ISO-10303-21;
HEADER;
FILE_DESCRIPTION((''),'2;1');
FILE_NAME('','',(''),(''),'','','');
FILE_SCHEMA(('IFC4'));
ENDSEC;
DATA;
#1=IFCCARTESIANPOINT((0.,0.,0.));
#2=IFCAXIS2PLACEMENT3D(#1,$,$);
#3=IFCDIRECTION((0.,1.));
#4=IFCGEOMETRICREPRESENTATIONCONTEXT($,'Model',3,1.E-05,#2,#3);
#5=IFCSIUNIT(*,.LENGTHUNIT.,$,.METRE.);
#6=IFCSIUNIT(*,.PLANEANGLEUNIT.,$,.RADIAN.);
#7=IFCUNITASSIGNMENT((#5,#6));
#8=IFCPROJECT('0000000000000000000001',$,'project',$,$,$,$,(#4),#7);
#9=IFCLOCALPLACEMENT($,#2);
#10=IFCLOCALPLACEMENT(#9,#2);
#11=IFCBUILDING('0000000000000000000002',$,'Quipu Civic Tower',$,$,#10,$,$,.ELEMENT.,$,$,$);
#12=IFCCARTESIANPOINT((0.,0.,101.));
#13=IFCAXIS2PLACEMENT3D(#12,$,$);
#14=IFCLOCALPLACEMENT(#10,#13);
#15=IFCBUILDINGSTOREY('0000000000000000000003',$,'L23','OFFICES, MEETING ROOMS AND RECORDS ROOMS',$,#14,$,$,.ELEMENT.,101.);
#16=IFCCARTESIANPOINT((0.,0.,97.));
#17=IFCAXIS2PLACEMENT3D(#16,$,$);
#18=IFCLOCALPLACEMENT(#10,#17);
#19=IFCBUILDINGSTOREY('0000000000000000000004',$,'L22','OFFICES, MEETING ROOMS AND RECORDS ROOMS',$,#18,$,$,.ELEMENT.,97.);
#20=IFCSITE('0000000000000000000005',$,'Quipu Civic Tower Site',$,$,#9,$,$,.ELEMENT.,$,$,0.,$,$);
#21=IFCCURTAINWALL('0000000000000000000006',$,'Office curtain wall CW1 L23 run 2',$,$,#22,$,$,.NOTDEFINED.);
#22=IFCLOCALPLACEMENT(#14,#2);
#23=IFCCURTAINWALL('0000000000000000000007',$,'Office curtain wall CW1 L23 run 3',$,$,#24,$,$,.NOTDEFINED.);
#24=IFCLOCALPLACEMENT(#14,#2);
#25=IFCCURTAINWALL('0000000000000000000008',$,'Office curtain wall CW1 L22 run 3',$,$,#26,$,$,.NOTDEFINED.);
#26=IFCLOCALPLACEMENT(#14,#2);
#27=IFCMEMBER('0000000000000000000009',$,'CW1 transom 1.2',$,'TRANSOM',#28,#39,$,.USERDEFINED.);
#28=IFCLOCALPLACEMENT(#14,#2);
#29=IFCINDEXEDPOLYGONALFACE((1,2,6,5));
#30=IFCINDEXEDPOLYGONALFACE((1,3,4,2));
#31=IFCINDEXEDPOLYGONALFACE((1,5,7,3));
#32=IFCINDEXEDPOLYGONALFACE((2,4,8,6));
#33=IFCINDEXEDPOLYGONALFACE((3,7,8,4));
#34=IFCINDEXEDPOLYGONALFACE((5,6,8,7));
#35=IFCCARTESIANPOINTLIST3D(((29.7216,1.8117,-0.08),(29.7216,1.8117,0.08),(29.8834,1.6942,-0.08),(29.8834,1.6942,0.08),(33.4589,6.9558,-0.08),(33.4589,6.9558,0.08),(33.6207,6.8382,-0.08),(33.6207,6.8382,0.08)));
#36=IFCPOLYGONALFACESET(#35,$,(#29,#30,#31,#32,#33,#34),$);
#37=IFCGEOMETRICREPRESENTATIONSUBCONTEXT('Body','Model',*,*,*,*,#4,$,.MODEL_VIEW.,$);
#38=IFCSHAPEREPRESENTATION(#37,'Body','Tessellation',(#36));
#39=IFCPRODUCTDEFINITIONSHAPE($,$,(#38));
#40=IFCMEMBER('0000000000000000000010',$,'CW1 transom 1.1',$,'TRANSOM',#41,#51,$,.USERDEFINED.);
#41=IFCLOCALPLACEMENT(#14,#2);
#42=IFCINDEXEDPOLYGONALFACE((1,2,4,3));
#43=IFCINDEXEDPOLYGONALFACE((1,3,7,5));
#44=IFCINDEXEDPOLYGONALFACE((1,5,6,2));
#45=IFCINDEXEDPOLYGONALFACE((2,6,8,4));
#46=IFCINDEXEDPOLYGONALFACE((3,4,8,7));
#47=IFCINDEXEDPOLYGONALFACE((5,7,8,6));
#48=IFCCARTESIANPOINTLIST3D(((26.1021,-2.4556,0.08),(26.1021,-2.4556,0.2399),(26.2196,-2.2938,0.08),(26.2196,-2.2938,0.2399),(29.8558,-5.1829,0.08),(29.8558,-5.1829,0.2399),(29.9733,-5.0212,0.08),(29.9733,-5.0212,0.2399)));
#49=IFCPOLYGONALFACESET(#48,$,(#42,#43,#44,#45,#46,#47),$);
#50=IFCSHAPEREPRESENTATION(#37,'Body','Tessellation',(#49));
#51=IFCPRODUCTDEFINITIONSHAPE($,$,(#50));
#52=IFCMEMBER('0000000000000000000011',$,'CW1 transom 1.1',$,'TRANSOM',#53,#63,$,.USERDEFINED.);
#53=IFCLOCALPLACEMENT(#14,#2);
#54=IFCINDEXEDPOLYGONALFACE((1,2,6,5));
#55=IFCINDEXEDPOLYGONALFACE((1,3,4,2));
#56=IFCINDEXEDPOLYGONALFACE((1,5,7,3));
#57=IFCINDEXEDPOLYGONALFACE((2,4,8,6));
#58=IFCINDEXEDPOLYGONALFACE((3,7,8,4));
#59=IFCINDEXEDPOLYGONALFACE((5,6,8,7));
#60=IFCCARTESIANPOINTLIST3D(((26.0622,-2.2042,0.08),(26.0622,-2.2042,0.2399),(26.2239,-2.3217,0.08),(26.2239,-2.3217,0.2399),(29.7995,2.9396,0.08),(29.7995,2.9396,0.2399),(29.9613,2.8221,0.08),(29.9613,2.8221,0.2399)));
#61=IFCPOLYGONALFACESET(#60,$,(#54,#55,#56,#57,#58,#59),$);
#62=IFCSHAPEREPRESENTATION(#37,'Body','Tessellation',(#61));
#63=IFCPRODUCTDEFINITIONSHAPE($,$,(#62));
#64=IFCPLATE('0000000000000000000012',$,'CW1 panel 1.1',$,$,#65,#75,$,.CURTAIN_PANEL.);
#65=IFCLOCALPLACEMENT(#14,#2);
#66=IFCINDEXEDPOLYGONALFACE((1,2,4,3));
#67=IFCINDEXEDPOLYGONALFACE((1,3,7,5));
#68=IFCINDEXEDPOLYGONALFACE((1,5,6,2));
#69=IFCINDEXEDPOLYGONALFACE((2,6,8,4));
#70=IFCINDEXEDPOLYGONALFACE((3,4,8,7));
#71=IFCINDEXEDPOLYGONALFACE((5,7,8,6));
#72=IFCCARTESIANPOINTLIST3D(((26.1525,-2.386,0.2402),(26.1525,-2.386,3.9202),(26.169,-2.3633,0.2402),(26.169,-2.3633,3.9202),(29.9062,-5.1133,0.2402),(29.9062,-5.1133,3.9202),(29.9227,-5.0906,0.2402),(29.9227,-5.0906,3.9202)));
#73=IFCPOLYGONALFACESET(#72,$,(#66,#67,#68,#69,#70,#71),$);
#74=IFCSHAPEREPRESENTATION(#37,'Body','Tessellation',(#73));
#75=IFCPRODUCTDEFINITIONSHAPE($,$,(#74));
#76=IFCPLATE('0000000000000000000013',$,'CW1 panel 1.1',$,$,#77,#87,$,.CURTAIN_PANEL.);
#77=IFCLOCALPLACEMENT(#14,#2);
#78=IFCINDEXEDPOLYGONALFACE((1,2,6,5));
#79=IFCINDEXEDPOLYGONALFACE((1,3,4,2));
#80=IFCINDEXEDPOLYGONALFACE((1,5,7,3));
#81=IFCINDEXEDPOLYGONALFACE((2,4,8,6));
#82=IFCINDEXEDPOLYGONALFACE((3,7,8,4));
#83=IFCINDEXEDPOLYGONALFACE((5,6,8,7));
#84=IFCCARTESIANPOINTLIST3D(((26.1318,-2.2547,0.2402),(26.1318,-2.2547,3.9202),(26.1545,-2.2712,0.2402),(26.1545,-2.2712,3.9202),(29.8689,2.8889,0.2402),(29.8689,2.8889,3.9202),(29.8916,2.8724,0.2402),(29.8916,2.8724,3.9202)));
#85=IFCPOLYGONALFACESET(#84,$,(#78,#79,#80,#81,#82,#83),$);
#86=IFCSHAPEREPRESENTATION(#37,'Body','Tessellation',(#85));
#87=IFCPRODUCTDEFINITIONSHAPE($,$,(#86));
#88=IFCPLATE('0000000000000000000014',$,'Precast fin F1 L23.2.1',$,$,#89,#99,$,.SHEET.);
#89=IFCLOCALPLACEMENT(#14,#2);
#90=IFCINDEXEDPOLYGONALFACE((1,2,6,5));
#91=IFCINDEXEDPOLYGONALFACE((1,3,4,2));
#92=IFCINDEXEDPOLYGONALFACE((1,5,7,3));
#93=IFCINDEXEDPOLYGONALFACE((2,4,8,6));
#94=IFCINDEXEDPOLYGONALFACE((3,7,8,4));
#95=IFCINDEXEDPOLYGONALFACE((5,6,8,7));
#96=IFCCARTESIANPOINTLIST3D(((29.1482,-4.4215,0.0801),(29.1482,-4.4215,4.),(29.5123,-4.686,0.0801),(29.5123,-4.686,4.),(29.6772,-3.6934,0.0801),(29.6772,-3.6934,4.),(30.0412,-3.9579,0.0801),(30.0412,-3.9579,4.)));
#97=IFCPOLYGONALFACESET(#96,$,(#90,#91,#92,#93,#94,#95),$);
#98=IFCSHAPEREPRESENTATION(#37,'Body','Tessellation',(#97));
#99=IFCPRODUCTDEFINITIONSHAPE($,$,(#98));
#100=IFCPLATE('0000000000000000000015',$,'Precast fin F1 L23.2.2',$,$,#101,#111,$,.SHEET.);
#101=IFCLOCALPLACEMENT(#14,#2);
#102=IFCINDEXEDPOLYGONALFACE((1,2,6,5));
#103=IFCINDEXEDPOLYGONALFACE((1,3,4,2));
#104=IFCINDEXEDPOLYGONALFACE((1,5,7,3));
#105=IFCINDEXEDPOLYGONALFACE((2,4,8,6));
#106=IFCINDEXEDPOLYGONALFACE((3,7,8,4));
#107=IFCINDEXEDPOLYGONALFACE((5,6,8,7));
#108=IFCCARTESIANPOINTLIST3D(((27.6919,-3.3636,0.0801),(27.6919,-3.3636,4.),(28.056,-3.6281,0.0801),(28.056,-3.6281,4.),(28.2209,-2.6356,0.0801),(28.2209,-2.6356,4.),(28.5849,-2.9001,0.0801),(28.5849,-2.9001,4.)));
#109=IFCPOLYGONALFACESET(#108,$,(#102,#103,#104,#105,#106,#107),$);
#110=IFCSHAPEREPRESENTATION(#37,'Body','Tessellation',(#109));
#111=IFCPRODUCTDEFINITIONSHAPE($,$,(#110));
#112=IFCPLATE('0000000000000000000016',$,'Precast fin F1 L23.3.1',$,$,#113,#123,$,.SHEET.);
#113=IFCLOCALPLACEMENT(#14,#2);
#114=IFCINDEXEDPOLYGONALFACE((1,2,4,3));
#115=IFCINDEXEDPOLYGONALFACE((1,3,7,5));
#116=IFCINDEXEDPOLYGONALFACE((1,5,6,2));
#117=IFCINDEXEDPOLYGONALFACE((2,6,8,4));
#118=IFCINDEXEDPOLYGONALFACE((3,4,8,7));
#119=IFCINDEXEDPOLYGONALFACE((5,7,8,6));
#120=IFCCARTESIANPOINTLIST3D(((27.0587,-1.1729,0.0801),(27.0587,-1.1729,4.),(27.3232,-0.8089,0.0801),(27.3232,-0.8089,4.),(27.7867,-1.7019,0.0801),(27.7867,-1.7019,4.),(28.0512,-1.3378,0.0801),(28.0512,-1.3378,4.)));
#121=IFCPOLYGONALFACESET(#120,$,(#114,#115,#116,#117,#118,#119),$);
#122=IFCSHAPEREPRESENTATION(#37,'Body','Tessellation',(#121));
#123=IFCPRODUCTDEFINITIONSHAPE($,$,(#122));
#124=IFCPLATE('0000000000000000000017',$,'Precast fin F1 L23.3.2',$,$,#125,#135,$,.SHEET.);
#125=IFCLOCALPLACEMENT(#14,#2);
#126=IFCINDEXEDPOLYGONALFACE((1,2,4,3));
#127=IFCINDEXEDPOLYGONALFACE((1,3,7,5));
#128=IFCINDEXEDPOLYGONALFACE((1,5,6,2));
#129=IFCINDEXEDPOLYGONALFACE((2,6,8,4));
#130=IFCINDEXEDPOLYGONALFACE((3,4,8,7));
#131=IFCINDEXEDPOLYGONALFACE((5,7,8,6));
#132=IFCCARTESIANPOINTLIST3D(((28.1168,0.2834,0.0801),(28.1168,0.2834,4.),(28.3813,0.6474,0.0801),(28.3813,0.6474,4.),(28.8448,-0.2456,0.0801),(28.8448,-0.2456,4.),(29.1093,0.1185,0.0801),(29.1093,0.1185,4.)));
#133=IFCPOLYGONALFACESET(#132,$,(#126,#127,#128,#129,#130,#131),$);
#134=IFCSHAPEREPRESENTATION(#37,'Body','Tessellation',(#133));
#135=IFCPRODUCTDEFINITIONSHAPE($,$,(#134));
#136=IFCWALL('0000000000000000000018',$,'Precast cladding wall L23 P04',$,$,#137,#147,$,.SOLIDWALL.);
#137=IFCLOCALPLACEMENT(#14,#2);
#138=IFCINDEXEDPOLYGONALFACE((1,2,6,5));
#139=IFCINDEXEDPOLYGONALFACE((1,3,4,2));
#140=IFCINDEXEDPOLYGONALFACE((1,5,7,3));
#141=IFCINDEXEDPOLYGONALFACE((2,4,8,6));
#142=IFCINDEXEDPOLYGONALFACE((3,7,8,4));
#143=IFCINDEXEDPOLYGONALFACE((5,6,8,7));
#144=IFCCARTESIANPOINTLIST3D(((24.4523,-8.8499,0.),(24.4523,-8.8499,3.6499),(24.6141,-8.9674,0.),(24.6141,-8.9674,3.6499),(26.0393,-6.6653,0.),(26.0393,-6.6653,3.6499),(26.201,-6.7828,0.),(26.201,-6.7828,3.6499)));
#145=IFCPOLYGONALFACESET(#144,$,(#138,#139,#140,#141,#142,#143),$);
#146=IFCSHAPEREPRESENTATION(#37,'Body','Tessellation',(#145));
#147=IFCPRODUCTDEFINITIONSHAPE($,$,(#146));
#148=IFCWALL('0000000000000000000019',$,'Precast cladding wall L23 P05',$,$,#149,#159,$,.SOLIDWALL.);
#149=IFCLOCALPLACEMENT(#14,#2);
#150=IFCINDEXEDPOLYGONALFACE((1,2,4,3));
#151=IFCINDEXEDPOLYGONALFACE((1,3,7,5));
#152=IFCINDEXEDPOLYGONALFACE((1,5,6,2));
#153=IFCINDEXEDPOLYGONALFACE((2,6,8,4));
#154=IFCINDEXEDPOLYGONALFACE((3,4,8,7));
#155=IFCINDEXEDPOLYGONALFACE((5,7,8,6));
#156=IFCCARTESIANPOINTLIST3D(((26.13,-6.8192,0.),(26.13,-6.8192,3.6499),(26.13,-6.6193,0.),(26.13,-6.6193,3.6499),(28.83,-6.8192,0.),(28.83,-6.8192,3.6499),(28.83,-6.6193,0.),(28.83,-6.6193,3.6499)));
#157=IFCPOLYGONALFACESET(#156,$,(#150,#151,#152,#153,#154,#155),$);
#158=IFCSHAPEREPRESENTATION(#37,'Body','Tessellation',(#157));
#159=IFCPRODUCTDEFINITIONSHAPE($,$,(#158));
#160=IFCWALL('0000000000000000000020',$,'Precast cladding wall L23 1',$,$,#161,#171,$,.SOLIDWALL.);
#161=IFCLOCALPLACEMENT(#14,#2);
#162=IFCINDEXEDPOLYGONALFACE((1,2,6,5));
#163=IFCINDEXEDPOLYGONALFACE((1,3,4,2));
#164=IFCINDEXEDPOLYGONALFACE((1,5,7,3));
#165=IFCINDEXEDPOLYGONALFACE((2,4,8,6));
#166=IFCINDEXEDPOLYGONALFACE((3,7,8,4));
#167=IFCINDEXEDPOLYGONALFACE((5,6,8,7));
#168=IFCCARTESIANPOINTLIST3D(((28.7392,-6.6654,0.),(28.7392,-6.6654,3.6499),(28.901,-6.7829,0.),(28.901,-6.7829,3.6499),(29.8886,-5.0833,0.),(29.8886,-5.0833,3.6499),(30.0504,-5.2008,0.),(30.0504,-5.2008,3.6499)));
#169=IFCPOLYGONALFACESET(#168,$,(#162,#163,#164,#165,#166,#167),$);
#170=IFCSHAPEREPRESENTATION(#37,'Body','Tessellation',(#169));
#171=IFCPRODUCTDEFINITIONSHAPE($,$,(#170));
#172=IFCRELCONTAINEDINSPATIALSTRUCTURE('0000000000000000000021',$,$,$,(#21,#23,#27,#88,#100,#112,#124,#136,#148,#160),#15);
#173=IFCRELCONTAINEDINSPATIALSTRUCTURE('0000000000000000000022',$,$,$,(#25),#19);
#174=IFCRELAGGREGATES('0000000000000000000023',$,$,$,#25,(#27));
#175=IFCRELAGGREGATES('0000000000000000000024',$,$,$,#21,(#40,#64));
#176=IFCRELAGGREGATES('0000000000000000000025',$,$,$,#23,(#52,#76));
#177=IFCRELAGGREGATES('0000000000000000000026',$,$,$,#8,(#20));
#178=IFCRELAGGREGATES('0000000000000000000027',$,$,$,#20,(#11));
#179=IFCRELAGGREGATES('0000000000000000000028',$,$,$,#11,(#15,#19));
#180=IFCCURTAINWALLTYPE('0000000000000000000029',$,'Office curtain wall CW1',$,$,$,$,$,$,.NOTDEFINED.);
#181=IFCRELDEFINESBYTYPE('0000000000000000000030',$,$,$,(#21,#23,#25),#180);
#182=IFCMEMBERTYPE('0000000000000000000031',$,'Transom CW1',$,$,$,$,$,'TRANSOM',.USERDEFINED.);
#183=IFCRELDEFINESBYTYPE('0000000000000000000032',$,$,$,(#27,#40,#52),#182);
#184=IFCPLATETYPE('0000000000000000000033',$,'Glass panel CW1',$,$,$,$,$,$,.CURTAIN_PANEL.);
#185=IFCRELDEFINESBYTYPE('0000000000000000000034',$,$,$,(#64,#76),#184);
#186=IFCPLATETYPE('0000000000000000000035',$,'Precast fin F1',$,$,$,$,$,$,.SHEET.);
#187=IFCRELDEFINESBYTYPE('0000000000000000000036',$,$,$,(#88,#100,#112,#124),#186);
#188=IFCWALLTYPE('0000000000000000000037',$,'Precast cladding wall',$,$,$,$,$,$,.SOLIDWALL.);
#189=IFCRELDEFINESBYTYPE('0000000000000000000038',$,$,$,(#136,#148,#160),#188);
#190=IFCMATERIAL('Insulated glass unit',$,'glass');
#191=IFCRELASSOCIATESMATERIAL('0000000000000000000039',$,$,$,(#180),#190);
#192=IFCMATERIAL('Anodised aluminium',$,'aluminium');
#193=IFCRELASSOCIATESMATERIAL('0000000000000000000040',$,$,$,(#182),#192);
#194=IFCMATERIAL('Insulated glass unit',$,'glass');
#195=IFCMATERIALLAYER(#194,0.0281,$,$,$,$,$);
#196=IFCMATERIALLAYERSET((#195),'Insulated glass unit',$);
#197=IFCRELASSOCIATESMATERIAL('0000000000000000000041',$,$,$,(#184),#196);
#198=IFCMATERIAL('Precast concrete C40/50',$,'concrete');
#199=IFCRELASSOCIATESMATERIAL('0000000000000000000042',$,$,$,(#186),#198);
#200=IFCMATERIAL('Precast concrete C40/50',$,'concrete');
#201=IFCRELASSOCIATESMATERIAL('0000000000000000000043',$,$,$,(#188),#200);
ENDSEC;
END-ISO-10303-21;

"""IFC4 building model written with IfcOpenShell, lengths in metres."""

from ifc_helpers import new_model, si_unit, direction, frame, frame_2d, origin, origin_2d, place, context, subcontext, project, spatial, rectangle, extrude, material, layer, layer_set, material_profile, profile_set, type_object, element, aggregate, save


model = new_model("IFC4")

# Units and contexts
model_context = context("Model", 3, precision=1e-05, world=origin(), true_north=direction((0.0, 1.0)))
body_context = subcontext(model_context, "Body", "Model", "MODEL_VIEW")
ifc_project = project(units=[si_unit("LENGTHUNIT", "METRE"), si_unit("PLANEANGLEUNIT", "RADIAN")], contexts=[model_context])

# Site, building, storey
site_placement = place(None, origin())
site = spatial("IfcSite", under=ifc_project, at=site_placement, Name="Quipu Civic Tower Site", CompositionType="ELEMENT", RefElevation=0.0)
building_placement = place(site_placement, origin())
building = spatial("IfcBuilding", under=site, at=building_placement, Name="Quipu Civic Tower", CompositionType="ELEMENT")
storey_1_placement = place(building_placement, frame((0.0, 0.0, 101.0)))
storey_1 = spatial("IfcBuildingStorey", under=building, at=storey_1_placement, Name="L23", Description="OFFICES, MEETING ROOMS AND RECORDS ROOMS", CompositionType="ELEMENT", Elevation=101.0)

# Curtain wall
ifc_material_1 = material(Name="Insulated glass unit", Category="glass")
curtain_wall_type = type_object("IfcCurtainWallType", Name="Office curtain wall CW1", PredefinedType="NOTDEFINED", material=ifc_material_1)
curtain_wall_1_placement = place(storey_1_placement, origin())
curtain_wall_1 = element("IfcCurtainWall", 1, at=curtain_wall_1_placement, inside=storey_1, type_object=curtain_wall_type, Name="Office curtain wall CW1 L23 run 2", PredefinedType="NOTDEFINED")

# Curtain wall
curtain_wall_2_placement = place(storey_1_placement, origin())
curtain_wall_2 = element("IfcCurtainWall", 2, at=curtain_wall_2_placement, inside=storey_1, type_object=curtain_wall_type, Name="Office curtain wall CW1 L23 run 3", PredefinedType="NOTDEFINED")

# Shared definitions
storey_2_placement = place(building_placement, frame((0.0, 0.0, 97.0)))
storey_2 = spatial("IfcBuildingStorey", under=building, at=storey_2_placement, Name="L22", Description="OFFICES, MEETING ROOMS AND RECORDS ROOMS", CompositionType="ELEMENT", Elevation=97.0)

# Curtain wall, member
ifc_material_2 = material(Name="Anodised aluminium", Category="aluminium")
ifc_material_profile_1 = material_profile(ifc_material_2, rectangle(XDim=0.2, YDim=0.1599, at=origin_2d()), Name="RECT 200x160")
ifc_profile_set_1 = profile_set([ifc_material_profile_1], Name="Anodised aluminium")
member_type_1 = type_object("IfcMemberType", Name="Transom CW1", ElementType="TRANSOM", PredefinedType="USERDEFINED", material=ifc_profile_set_1)
curtain_wall_3_placement = place(storey_2_placement, origin())
curtain_wall_3 = element("IfcCurtainWall", 3, at=curtain_wall_3_placement, inside=storey_2, type_object=curtain_wall_type, Name="Office curtain wall CW1 L22 run 3", PredefinedType="NOTDEFINED")
member_1_placement = place(storey_1_placement, frame((29.8025, 1.7529, 0.0), z_axis=(0.587779, 0.809022, 0.0), x_axis=(-0.809022, 0.587779, 0.0)))
member_1 = element("IfcMember", 4, at=member_1_placement, inside=storey_1, type_object=member_type_1, Name="CW1 transom 1.2", ObjectType="TRANSOM", PredefinedType="USERDEFINED", context=body_context, shape_type="SweptSolid", body=[
    extrude(rectangle(XDim=0.2, YDim=0.1599, at=origin_2d()), origin(), (0.0, 0.0, 1.0), 6.3584),
])
aggregate(curtain_wall_3, [member_1])

# Members
member_2_placement = place(storey_1_placement, frame((29.9146, -5.1021, 0.1599), z_axis=(-0.809007, 0.587799, 0.0), x_axis=(-0.587799, -0.809007, 0.0)))
member_2 = element("IfcMember", 5, at=member_2_placement, type_object=member_type_1, Name="CW1 transom 1.1", ObjectType="TRANSOM", PredefinedType="USERDEFINED", context=body_context, shape_type="SweptSolid", body=[
    extrude(rectangle(XDim=0.2, YDim=0.1599, at=origin_2d()), origin(), (0.0, 0.0, 1.0), 4.6399),
])
member_3_placement = place(storey_1_placement, frame((26.1431, -2.2629, 0.1599), z_axis=(0.587797, 0.809008, 0.0), x_axis=(-0.809008, 0.587797, 0.0)))
member_3 = element("IfcMember", 6, at=member_3_placement, type_object=member_type_1, Name="CW1 transom 1.1", ObjectType="TRANSOM", PredefinedType="USERDEFINED", context=body_context, shape_type="SweptSolid", body=[
    extrude(rectangle(XDim=0.2, YDim=0.1599, at=origin_2d()), origin(), (0.0, 0.0, 1.0), 6.3582),
])

# Plates
ifc_material_3 = material(Name="Insulated glass unit", Category="glass")
ifc_layer = layer(ifc_material_3, 0.0281)
ifc_layer_set = layer_set([ifc_layer], Name="Insulated glass unit")
plate_type_1 = type_object("IfcPlateType", Name="Glass panel CW1", PredefinedType="CURTAIN_PANEL", material=ifc_layer_set)
plate_1_placement = place(storey_1_placement, frame((28.0376, -3.7383, 0.2402), z_axis=(0.0, 0.0, 1.0), x_axis=(-0.809008, 0.587798, 0.0)))
plate_1 = element("IfcPlate", 7, at=plate_1_placement, type_object=plate_type_1, Name="CW1 panel 1.1", PredefinedType="CURTAIN_PANEL", context=body_context, shape_type="SweptSolid", body=[
    extrude(rectangle(XDim=4.6399, YDim=0.0281, at=origin_2d()), origin(), (0.0, 0.0, 1.0), 3.6799),
])
aggregate(curtain_wall_1, [member_2, plate_1])
plate_2_placement = place(storey_1_placement, frame((28.0117, 0.3088, 0.2402), z_axis=(0.0, 0.0, 1.0), x_axis=(0.587785, 0.809017, 0.0)))
plate_2 = element("IfcPlate", 8, at=plate_2_placement, type_object=plate_type_1, Name="CW1 panel 1.1", PredefinedType="CURTAIN_PANEL", context=body_context, shape_type="SweptSolid", body=[
    extrude(rectangle(XDim=6.3579, YDim=0.0281, at=origin_2d()), origin(), (0.0, 0.0, 1.0), 3.6799),
])
aggregate(curtain_wall_2, [member_3, plate_2])

# Plates
ifc_material_4 = material(Name="Precast concrete C40/50", Category="concrete")
plate_type_2 = type_object("IfcPlateType", Name="Precast fin F1", PredefinedType="SHEET", material=ifc_material_4)
for number, where, z_axis, x_axis, name in (
    (9, (29.5947, -4.1897, 0.0801), (0.0, 0.0, 1.0), (-0.809008, 0.587798, 0.0), "Precast fin F1 L23.2.1"),
    (10, (28.1384, -3.1318, 0.0801), (0.0, 0.0, 1.0), (-0.809008, 0.587798, 0.0), "Precast fin F1 L23.2.2"),
    (11, (27.5549, -1.2554, 0.0801), (0.0, 0.0, 1.0), (0.587787, 0.809016, 0.0), "Precast fin F1 L23.3.1"),
    (12, (28.613, 0.2009, 0.0801), (0.0, 0.0, 1.0), (0.587787, 0.809016, 0.0), "Precast fin F1 L23.3.2"),
):
    element("IfcPlate", number, at=place(storey_1_placement, frame(where, z_axis=z_axis, x_axis=x_axis)), inside=storey_1, type_object=plate_type_2, Name=name, PredefinedType="SHEET", context=body_context, shape_type="SweptSolid", body=[
        extrude(rectangle(XDim=0.45, YDim=0.8999, at=origin_2d()), origin(), (0.0, 0.0, 1.0), 3.9199),
    ])

# Walls
ifc_material_5 = material(Name="Precast concrete C40/50", Category="concrete")
wall_type = type_object("IfcWallType", Name="Precast cladding wall", PredefinedType="SOLIDWALL", material=ifc_material_5)
wall_1_placement = place(storey_1_placement, frame((24.5332, -8.9087, 0.0), z_axis=(0.0, 0.0, 1.0), x_axis=(0.58772, 0.809064, 0.0)))
element("IfcWall", 13, at=wall_1_placement, inside=storey_1, type_object=wall_type, Name="Precast cladding wall L23 P04", PredefinedType="SOLIDWALL", context=body_context, shape_type="SweptSolid", body=[
    extrude(rectangle(XDim=2.7002, YDim=0.2, at=frame_2d((1.3501, 0.0))), origin(), (0.0, 0.0, 1.0), 3.6499),
])
wall_2_placement = place(storey_1_placement, frame((26.1299, -6.7192, 0.0), z_axis=(0.0, 0.0, 1.0), x_axis=(1.0, 0.0, 0.0)))
element("IfcWall", 14, at=wall_2_placement, inside=storey_1, type_object=wall_type, Name="Precast cladding wall L23 P05", PredefinedType="SOLIDWALL", context=body_context, shape_type="SweptSolid", body=[
    extrude(rectangle(XDim=2.7, YDim=0.2, at=frame_2d((1.3501, 0.0))), origin(), (0.0, 0.0, 1.0), 3.6499),
])
wall_3_placement = place(storey_1_placement, frame((28.8201, -6.7241, 0.0), z_axis=(0.0, 0.0, 1.0), x_axis=(0.587786, 0.809017, 0.0)))
element("IfcWall", 15, at=wall_3_placement, inside=storey_1, type_object=wall_type, Name="Precast cladding wall L23 1", PredefinedType="SOLIDWALL", context=body_context, shape_type="SweptSolid", body=[
    extrude(rectangle(XDim=1.9556, YDim=0.2, at=frame_2d((0.9778, 0.0))), origin(), (0.0, 0.0, 1.0), 3.6499),
])

save(model, "model.ifc")
